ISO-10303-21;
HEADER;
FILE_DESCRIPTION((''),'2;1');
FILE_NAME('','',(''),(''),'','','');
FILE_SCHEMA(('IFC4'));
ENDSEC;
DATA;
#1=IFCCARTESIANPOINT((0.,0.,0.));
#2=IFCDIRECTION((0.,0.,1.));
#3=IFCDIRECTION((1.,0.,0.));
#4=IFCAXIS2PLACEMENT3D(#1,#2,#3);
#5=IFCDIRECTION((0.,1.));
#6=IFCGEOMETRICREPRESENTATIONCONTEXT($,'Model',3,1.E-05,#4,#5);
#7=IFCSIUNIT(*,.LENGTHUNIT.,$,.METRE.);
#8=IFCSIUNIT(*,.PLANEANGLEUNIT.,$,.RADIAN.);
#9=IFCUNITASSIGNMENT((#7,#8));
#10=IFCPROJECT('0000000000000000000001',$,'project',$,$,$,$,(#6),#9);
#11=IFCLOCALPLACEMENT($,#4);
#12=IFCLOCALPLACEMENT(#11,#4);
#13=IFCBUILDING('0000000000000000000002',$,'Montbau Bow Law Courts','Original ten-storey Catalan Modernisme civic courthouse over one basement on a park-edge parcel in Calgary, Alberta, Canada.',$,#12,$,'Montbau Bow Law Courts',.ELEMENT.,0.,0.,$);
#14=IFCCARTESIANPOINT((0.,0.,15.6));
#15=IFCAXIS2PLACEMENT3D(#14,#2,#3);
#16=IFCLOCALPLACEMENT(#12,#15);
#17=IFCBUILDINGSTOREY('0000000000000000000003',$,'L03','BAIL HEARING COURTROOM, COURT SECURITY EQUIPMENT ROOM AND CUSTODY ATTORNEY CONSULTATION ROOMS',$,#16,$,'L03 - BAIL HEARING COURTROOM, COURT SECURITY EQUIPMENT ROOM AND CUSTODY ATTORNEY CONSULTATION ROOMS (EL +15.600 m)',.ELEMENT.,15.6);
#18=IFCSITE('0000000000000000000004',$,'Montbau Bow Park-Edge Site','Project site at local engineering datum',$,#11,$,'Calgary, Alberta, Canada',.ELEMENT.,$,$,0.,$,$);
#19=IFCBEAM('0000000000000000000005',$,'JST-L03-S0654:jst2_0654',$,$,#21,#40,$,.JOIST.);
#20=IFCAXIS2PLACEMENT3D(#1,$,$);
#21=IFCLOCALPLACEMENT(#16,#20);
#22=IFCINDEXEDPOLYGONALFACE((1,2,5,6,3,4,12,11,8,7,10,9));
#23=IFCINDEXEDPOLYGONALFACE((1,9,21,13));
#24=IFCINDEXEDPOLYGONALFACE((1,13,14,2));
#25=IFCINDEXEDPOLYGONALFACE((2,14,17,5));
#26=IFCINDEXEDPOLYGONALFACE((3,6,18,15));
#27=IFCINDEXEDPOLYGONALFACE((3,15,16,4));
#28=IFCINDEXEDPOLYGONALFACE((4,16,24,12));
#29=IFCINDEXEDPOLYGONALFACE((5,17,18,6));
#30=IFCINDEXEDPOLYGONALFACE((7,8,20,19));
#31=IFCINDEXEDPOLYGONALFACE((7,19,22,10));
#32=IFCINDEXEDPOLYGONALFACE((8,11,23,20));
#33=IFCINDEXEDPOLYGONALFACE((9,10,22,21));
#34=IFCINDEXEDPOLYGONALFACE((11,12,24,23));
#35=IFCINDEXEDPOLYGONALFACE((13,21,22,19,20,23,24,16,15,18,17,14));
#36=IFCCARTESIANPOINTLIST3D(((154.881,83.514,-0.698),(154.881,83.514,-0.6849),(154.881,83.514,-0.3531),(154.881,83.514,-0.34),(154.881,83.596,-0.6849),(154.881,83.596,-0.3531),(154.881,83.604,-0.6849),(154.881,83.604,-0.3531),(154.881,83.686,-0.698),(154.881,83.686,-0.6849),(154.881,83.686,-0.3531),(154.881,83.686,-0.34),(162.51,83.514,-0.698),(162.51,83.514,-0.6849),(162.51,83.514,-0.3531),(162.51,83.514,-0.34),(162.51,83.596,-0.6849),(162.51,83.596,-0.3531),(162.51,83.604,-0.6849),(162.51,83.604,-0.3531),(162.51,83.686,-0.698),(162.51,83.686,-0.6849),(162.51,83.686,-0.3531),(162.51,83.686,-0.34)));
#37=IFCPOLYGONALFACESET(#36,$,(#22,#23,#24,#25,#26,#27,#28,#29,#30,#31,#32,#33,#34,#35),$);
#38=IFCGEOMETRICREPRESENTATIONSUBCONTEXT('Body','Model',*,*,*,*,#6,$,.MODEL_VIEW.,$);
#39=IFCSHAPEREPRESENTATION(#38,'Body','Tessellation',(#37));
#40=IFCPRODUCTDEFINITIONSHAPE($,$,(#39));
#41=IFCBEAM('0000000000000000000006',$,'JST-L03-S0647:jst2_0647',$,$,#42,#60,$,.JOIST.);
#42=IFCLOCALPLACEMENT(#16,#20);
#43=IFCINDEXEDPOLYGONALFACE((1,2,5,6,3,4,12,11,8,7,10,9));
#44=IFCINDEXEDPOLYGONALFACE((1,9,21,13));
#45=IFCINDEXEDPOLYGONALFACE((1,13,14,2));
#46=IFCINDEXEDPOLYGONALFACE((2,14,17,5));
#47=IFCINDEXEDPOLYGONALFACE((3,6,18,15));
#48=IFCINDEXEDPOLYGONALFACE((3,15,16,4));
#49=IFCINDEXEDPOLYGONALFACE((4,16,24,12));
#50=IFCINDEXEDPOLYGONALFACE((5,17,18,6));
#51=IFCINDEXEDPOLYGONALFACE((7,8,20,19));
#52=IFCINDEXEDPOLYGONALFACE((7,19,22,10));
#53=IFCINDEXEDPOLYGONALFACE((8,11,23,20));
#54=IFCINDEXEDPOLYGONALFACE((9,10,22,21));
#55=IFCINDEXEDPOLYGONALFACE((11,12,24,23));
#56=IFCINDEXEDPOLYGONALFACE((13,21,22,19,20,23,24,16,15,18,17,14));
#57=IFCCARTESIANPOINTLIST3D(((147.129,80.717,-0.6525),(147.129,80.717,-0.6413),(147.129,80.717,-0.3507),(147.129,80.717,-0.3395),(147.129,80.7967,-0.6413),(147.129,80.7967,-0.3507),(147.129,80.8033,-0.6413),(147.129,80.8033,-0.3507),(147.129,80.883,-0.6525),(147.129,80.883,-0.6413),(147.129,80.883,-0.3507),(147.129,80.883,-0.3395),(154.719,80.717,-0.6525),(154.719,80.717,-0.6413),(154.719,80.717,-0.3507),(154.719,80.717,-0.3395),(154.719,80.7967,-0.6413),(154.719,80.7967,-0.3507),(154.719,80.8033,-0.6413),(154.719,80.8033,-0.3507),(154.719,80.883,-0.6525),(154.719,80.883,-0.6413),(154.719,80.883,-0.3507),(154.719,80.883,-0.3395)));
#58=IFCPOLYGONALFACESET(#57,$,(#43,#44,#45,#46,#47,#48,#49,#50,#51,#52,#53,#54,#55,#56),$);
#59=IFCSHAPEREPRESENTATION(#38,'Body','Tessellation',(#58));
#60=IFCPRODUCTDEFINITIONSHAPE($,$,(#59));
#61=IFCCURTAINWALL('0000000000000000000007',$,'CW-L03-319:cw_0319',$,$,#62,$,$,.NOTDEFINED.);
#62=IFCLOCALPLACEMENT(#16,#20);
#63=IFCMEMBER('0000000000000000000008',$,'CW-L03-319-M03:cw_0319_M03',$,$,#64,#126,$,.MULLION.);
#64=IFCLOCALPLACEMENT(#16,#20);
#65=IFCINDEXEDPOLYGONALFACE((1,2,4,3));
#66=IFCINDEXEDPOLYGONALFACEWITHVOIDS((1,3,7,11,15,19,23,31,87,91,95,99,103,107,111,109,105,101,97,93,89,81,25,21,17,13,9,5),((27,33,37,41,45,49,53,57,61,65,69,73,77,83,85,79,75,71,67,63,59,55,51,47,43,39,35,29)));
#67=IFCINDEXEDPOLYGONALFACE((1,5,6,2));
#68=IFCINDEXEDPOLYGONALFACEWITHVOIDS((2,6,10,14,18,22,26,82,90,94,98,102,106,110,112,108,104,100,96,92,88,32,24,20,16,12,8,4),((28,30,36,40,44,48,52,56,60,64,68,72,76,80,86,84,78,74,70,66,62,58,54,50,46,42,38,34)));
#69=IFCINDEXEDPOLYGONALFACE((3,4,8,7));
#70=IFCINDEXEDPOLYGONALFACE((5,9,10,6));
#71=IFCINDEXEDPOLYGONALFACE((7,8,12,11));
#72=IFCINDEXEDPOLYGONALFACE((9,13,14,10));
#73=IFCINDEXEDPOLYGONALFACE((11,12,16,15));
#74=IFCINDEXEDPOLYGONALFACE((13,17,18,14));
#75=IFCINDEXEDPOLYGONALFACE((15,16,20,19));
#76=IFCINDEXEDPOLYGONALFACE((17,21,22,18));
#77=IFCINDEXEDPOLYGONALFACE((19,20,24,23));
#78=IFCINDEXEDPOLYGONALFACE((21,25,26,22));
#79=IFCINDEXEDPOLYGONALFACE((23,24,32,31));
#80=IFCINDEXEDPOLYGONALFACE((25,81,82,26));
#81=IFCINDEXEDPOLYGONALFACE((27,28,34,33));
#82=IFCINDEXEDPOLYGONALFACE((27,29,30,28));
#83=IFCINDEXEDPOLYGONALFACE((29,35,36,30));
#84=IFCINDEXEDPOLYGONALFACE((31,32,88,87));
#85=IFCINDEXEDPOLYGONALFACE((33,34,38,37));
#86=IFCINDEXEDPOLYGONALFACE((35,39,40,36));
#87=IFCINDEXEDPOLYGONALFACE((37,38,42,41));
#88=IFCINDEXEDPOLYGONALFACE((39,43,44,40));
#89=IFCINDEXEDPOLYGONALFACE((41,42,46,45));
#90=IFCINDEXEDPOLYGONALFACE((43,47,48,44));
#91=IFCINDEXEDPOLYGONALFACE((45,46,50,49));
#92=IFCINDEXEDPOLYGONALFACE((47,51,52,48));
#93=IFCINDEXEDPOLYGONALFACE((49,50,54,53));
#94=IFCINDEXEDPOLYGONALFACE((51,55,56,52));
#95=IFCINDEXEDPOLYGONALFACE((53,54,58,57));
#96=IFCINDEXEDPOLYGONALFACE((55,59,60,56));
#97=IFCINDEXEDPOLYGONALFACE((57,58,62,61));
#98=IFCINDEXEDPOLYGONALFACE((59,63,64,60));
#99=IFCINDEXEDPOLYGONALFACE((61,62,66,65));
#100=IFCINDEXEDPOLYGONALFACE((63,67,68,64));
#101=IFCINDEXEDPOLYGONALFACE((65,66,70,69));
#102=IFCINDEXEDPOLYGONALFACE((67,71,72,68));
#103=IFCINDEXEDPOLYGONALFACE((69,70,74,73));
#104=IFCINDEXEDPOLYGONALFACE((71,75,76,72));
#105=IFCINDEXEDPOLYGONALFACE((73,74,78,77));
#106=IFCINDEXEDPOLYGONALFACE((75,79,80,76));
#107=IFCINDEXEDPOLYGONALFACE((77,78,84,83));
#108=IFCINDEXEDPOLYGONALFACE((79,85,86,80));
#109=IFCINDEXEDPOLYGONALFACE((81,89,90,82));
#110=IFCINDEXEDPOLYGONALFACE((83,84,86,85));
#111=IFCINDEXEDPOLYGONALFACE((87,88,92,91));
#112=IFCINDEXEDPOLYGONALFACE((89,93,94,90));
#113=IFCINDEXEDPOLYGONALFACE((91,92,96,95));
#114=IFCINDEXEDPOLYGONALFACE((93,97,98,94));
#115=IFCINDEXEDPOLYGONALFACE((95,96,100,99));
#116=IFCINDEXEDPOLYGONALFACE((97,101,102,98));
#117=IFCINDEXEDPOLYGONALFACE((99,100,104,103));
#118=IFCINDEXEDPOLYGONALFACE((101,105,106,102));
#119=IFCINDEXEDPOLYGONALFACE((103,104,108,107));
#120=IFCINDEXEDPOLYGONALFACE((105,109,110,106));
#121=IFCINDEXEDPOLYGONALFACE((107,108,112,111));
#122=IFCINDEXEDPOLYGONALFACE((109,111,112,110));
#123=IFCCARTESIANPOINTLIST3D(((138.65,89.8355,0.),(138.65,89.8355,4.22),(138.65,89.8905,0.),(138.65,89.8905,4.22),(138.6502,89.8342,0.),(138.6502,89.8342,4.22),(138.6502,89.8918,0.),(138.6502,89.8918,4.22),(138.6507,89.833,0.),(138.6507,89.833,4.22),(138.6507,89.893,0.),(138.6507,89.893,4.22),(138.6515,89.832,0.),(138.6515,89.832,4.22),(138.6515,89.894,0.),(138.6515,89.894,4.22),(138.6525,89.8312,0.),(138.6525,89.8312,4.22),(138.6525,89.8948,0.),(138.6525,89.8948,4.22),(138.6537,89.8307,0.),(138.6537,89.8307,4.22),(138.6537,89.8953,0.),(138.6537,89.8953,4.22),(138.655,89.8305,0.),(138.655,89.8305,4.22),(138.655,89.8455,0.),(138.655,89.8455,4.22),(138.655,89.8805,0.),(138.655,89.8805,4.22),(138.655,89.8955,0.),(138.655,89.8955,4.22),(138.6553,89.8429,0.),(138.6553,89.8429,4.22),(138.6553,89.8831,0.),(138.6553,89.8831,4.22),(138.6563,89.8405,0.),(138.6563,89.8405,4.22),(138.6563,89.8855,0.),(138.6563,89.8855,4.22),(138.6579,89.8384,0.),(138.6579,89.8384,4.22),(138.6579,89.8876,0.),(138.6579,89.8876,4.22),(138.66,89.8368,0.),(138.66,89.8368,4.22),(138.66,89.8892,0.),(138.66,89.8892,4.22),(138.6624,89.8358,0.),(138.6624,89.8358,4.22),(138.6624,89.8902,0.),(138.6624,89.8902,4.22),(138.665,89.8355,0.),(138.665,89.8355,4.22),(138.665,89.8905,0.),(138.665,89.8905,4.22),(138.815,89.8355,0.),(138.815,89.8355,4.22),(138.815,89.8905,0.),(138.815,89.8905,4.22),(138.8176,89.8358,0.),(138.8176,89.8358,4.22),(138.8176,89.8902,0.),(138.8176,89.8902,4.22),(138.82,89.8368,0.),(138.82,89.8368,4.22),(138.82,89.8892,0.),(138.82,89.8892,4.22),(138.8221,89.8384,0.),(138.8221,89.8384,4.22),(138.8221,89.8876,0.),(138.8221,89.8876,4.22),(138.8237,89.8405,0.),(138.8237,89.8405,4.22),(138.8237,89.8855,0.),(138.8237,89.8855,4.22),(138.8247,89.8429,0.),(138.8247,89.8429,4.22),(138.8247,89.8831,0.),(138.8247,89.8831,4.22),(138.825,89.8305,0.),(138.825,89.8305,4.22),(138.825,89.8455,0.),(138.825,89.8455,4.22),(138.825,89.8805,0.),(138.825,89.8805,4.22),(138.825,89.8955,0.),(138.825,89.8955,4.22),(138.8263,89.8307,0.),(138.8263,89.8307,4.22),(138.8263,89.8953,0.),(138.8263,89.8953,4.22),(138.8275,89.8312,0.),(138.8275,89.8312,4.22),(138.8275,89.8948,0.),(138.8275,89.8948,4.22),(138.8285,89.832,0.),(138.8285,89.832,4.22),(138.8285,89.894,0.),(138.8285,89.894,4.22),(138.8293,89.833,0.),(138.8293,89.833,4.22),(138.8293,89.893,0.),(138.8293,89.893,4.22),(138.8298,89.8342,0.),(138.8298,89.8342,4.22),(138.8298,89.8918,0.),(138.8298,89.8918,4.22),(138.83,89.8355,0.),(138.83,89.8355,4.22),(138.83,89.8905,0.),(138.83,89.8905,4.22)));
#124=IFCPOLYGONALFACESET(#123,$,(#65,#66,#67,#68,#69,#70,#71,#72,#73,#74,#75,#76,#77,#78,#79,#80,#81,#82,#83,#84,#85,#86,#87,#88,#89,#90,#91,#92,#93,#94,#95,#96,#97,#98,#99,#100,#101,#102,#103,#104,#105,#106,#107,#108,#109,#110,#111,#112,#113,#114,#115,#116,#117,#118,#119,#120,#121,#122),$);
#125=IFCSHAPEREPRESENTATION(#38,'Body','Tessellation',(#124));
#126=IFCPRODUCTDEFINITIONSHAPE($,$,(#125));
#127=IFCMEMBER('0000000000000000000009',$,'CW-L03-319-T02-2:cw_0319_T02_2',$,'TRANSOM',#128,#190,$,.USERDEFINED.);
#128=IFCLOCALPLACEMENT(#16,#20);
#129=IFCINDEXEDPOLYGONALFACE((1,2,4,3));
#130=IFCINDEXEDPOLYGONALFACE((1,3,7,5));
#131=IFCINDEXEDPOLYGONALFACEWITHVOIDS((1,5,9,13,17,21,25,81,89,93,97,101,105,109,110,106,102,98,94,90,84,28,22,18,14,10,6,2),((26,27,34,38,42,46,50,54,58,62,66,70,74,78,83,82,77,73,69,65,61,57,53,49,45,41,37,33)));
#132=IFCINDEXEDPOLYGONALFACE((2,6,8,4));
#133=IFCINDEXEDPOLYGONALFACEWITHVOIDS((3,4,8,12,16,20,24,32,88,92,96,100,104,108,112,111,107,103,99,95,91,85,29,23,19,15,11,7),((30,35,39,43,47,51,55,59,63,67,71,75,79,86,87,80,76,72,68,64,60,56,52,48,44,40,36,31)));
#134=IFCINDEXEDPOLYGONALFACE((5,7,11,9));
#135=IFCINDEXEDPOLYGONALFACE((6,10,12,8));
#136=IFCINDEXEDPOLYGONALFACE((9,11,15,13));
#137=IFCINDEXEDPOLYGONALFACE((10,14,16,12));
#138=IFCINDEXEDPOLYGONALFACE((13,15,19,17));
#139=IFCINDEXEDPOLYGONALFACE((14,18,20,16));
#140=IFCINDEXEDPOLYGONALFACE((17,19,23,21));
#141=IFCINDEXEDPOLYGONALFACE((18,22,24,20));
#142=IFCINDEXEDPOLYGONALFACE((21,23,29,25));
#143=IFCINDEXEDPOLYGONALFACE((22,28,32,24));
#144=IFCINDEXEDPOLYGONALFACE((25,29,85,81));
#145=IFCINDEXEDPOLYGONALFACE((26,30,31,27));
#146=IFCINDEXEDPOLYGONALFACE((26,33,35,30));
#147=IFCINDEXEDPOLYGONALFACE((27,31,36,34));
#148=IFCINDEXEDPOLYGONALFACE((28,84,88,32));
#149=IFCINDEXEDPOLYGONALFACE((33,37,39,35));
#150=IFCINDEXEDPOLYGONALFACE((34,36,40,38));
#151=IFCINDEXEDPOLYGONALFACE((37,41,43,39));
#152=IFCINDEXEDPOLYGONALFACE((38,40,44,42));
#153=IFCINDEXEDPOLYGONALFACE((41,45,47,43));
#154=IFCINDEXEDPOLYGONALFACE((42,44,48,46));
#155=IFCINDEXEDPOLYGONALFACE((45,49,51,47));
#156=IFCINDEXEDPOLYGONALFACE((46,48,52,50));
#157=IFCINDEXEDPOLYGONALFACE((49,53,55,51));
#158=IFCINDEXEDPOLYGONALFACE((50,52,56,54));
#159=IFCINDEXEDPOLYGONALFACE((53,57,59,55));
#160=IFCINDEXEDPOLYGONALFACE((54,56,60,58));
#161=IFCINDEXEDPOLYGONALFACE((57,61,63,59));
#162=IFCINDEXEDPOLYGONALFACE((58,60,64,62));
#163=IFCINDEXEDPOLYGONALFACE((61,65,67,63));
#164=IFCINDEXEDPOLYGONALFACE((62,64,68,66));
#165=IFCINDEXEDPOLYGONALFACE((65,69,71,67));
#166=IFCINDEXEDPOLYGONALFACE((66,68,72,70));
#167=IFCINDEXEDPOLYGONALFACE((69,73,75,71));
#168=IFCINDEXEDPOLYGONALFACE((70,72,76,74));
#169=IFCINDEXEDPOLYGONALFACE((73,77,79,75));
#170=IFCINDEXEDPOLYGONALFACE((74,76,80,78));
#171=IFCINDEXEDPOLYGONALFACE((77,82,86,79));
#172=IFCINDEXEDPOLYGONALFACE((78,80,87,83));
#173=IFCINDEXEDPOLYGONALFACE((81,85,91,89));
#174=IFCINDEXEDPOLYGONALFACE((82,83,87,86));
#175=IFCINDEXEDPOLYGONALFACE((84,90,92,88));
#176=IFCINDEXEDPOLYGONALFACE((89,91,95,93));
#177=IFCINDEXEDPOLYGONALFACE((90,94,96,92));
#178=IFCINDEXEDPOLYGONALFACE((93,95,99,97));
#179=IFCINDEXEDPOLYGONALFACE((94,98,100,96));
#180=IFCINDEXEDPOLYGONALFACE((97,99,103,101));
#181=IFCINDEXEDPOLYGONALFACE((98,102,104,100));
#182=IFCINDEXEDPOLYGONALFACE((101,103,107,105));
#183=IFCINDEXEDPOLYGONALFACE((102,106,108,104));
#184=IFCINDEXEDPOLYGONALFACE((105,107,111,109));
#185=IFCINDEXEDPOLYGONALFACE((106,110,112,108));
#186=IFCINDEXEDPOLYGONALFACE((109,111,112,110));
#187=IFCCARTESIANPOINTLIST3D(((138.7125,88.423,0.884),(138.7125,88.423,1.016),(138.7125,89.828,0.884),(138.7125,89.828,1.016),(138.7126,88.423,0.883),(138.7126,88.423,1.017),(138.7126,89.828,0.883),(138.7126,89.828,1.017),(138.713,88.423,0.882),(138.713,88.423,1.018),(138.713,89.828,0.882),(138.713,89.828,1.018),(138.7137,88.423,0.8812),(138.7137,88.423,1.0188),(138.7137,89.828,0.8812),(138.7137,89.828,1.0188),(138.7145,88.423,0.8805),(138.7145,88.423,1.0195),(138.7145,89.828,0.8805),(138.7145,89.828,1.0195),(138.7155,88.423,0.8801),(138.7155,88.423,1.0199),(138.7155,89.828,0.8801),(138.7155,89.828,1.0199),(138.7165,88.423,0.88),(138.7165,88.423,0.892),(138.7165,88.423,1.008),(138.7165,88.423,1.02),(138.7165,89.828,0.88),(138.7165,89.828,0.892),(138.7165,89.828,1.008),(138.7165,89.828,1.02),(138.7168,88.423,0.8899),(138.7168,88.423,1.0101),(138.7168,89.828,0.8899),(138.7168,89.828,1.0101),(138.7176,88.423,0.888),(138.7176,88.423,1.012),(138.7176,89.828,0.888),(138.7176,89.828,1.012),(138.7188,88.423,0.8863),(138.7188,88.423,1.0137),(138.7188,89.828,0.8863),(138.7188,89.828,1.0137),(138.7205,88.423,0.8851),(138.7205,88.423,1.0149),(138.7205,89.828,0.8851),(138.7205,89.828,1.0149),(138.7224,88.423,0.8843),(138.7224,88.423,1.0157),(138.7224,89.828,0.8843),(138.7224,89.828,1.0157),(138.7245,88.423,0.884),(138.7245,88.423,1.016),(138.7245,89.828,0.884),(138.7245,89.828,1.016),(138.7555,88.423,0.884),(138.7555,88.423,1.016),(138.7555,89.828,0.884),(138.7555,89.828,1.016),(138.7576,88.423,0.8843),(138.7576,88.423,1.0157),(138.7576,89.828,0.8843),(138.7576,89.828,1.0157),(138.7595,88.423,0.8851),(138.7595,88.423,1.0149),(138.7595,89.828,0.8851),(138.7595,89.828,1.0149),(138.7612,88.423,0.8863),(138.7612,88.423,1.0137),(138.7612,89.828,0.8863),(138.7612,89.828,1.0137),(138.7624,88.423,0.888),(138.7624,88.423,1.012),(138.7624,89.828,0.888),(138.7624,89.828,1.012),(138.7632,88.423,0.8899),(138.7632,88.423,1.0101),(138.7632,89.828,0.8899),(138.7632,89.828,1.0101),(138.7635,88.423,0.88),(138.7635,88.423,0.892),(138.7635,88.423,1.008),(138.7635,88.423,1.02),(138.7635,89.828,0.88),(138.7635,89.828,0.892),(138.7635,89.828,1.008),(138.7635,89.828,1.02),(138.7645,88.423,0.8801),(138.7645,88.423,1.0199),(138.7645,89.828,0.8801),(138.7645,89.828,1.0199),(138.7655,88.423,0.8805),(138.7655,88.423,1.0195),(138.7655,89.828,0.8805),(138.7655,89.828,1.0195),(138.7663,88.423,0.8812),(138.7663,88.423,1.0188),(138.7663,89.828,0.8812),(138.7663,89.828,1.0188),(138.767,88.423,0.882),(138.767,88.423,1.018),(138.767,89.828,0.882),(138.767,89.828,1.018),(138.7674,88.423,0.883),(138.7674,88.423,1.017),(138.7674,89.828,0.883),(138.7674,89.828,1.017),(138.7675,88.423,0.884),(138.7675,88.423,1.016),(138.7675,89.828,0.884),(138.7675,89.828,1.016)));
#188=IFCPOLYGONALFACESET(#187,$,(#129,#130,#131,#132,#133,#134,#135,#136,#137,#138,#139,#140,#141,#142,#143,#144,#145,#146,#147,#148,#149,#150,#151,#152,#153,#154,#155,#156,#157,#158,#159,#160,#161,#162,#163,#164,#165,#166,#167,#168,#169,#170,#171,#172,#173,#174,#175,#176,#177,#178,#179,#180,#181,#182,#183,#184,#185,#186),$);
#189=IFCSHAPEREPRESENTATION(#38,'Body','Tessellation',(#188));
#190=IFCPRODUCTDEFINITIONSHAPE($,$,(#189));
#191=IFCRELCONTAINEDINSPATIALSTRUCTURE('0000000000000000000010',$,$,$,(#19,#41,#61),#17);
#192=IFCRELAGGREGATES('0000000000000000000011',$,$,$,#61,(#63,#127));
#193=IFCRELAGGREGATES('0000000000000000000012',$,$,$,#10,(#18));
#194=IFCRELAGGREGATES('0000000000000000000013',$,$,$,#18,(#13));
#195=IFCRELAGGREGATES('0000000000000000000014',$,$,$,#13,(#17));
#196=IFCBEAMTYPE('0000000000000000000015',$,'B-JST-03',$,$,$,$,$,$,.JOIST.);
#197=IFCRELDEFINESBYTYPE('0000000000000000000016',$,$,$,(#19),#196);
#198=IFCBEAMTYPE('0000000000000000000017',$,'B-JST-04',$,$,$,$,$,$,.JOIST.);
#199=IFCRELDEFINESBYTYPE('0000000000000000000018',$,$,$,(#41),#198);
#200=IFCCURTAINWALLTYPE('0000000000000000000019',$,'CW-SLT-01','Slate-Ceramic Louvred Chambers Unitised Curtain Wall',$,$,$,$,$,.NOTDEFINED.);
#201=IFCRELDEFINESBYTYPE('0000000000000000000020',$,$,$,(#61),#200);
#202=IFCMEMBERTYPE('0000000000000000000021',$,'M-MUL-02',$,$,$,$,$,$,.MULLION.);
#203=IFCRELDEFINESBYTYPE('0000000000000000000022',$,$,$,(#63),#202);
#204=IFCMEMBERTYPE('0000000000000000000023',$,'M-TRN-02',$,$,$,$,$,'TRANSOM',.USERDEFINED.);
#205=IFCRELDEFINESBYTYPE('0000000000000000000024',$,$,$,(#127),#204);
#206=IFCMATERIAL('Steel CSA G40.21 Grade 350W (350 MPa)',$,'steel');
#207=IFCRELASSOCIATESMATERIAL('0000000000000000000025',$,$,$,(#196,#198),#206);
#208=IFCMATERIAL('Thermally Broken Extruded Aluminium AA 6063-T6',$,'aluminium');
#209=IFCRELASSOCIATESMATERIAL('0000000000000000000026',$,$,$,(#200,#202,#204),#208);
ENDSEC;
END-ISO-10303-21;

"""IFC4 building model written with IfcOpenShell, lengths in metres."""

from ifc_helpers import new_model, si_unit, direction, frame, origin_with_axes, origin_2d_with_axis, place, context, subcontext, project, spatial, hollow_rectangle, i_section, extrude, material, material_profile, profile_set, type_object, element, aggregate, save


model = new_model("IFC4")

# Units and contexts
model_context = context("Model", 3, precision=1e-05, world=origin_with_axes(), true_north=direction((0.0, 1.0)))
body_context = subcontext(model_context, "Body", "Model", "MODEL_VIEW")
ifc_project = project(units=[si_unit("LENGTHUNIT", "METRE"), si_unit("PLANEANGLEUNIT", "RADIAN")], contexts=[model_context])

# Site, building, storey
site_placement = place(None, origin_with_axes())
site = spatial("IfcSite", under=ifc_project, at=site_placement, Name="Montbau Bow Park-Edge Site", Description="Project site at local engineering datum", LongName="Calgary, Alberta, Canada", CompositionType="ELEMENT", RefElevation=0.0)
building_placement = place(site_placement, origin_with_axes())
building = spatial("IfcBuilding", under=site, at=building_placement, Name="Montbau Bow Law Courts", Description="Original ten-storey Catalan Modernisme civic courthouse over one basement on a park-edge parcel in Calgary, Alberta, Canada.", LongName="Montbau Bow Law Courts", CompositionType="ELEMENT", ElevationOfRefHeight=0.0, ElevationOfTerrain=0.0)
storey_placement = place(building_placement, frame((0.0, 0.0, 15.6), z_axis=(0.0, 0.0, 1.0), x_axis=(1.0, 0.0, 0.0)))
storey = spatial("IfcBuildingStorey", under=building, at=storey_placement, Name="L03", Description="BAIL HEARING COURTROOM, COURT SECURITY EQUIPMENT ROOM AND CUSTODY ATTORNEY CONSULTATION ROOMS", LongName="L03 - BAIL HEARING COURTROOM, COURT SECURITY EQUIPMENT ROOM AND CUSTODY ATTORNEY CONSULTATION ROOMS (EL +15.600 m)", CompositionType="ELEMENT", Elevation=15.6)

# Shared definitions
ifc_material_1 = material(Name="Steel CSA G40.21 Grade 350W (350 MPa)", Category="steel")

# Beams
ifc_material_profile_1 = material_profile(ifc_material_1, i_section(OverallWidth=0.172, OverallDepth=0.358, WebThickness=0.0079, FlangeThickness=0.0131, at=origin_2d_with_axis()), Name="W360X57", Category="Main", Priority=0)
ifc_profile_set_1 = profile_set([ifc_material_profile_1], Name="Steel CSA G40.21 Grade 350W (350 MPa)")
beam_type_1 = type_object("IfcBeamType", Name="B-JST-03", PredefinedType="JOIST", material=ifc_profile_set_1)
beam_1_placement = place(None, frame((154.881, 83.6, 15.081), z_axis=(1.0, 0.0, 0.0), x_axis=(0.0, 1.0, 0.0)))
element("IfcBeam", 1, at=beam_1_placement, inside=storey, type_object=beam_type_1, Name="JST-L03-S0654:jst2_0654", PredefinedType="JOIST", context=body_context, shape_type="SweptSolid", body=[
    extrude(i_section(OverallWidth=0.172, OverallDepth=0.358, WebThickness=0.0079, FlangeThickness=0.0131, at=origin_2d_with_axis()), origin_with_axes(), (0.0, 0.0, 1.0), 7.629),
])
ifc_material_profile_2 = material_profile(ifc_material_1, i_section(OverallWidth=0.166, OverallDepth=0.313, WebThickness=0.0066, FlangeThickness=0.0112, at=origin_2d_with_axis()), Name="W310X45", Category="Main", Priority=0)
ifc_profile_set_2 = profile_set([ifc_material_profile_2], Name="Steel CSA G40.21 Grade 350W (350 MPa)")
beam_type_2 = type_object("IfcBeamType", Name="B-JST-04", PredefinedType="JOIST", material=ifc_profile_set_2)
beam_2_placement = place(None, frame((147.129, 80.8, 15.104), z_axis=(1.0, 0.0, 0.0), x_axis=(0.0, 1.0, 0.0)))
element("IfcBeam", 2, at=beam_2_placement, inside=storey, type_object=beam_type_2, Name="JST-L03-S0647:jst2_0647", PredefinedType="JOIST", context=body_context, shape_type="SweptSolid", body=[
    extrude(i_section(OverallWidth=0.166, OverallDepth=0.313, WebThickness=0.0066, FlangeThickness=0.0112, at=origin_2d_with_axis()), origin_with_axes(), (0.0, 0.0, 1.0), 7.59),
])

# Curtain wall, members
ifc_material_2 = material(Name="Thermally Broken Extruded Aluminium AA 6063-T6", Category="aluminium")
curtain_wall_type = type_object("IfcCurtainWallType", Name="CW-SLT-01", Description="Slate-Ceramic Louvred Chambers Unitised Curtain Wall", PredefinedType="NOTDEFINED", material=ifc_material_2)
curtain_wall_placement = place(None, frame((138.74, 86.915, 15.6), z_axis=(0.0, 0.0, 1.0), x_axis=(1.0, 0.0, 0.0)))
curtain_wall = element("IfcCurtainWall", 3, at=curtain_wall_placement, inside=storey, type_object=curtain_wall_type, Name="CW-L03-319:cw_0319", PredefinedType="NOTDEFINED")
ifc_material_profile_3 = material_profile(ifc_material_2, hollow_rectangle(XDim=0.065, YDim=0.18, WallThickness=0.005, InnerFilletRadius=0.01, OuterFilletRadius=0.005, at=origin_2d_with_axis()), Name="CWM-180X65", Category="Main", Priority=0)
ifc_profile_set_3 = profile_set([ifc_material_profile_3], Name="Thermally Broken Extruded Aluminium AA 6063-T6")
member_type_1 = type_object("IfcMemberType", Name="M-MUL-02", PredefinedType="MULLION", material=ifc_profile_set_3)
member_1_placement = place(None, frame((138.74, 89.863, 15.6), z_axis=(0.0, 0.0, 1.0), x_axis=(0.0, 1.0, 0.0)))
member_1 = element("IfcMember", 4, at=member_1_placement, type_object=member_type_1, Name="CW-L03-319-M03:cw_0319_M03", PredefinedType="MULLION", context=body_context, shape_type="SweptSolid", body=[
    extrude(hollow_rectangle(XDim=0.065, YDim=0.18, WallThickness=0.005, InnerFilletRadius=0.01, OuterFilletRadius=0.005, at=origin_2d_with_axis()), origin_with_axes(), (0.0, 0.0, 1.0), 4.22),
])
ifc_material_profile_4 = material_profile(ifc_material_2, hollow_rectangle(XDim=0.055, YDim=0.14, WallThickness=0.004, InnerFilletRadius=0.008, OuterFilletRadius=0.004, at=origin_2d_with_axis()), Name="CWT-140X55", Category="Main", Priority=0)
ifc_profile_set_4 = profile_set([ifc_material_profile_4], Name="Thermally Broken Extruded Aluminium AA 6063-T6")
member_type_2 = type_object("IfcMemberType", Name="M-TRN-02", ElementType="TRANSOM", PredefinedType="USERDEFINED", material=ifc_profile_set_4)
member_2_placement = place(None, frame((138.74, 88.423, 16.55), z_axis=(0.0, 1.0, 0.0), x_axis=(-1.0, 0.0, 0.0)))
member_2 = element("IfcMember", 5, at=member_2_placement, type_object=member_type_2, Name="CW-L03-319-T02-2:cw_0319_T02_2", ObjectType="TRANSOM", PredefinedType="USERDEFINED", context=body_context, shape_type="SweptSolid", body=[
    extrude(hollow_rectangle(XDim=0.055, YDim=0.14, WallThickness=0.004, InnerFilletRadius=0.008, OuterFilletRadius=0.004, at=origin_2d_with_axis()), origin_with_axes(), (0.0, 0.0, 1.0), 1.405),
])
aggregate(curtain_wall, [member_1, member_2])

save(model, "model.ifc")
